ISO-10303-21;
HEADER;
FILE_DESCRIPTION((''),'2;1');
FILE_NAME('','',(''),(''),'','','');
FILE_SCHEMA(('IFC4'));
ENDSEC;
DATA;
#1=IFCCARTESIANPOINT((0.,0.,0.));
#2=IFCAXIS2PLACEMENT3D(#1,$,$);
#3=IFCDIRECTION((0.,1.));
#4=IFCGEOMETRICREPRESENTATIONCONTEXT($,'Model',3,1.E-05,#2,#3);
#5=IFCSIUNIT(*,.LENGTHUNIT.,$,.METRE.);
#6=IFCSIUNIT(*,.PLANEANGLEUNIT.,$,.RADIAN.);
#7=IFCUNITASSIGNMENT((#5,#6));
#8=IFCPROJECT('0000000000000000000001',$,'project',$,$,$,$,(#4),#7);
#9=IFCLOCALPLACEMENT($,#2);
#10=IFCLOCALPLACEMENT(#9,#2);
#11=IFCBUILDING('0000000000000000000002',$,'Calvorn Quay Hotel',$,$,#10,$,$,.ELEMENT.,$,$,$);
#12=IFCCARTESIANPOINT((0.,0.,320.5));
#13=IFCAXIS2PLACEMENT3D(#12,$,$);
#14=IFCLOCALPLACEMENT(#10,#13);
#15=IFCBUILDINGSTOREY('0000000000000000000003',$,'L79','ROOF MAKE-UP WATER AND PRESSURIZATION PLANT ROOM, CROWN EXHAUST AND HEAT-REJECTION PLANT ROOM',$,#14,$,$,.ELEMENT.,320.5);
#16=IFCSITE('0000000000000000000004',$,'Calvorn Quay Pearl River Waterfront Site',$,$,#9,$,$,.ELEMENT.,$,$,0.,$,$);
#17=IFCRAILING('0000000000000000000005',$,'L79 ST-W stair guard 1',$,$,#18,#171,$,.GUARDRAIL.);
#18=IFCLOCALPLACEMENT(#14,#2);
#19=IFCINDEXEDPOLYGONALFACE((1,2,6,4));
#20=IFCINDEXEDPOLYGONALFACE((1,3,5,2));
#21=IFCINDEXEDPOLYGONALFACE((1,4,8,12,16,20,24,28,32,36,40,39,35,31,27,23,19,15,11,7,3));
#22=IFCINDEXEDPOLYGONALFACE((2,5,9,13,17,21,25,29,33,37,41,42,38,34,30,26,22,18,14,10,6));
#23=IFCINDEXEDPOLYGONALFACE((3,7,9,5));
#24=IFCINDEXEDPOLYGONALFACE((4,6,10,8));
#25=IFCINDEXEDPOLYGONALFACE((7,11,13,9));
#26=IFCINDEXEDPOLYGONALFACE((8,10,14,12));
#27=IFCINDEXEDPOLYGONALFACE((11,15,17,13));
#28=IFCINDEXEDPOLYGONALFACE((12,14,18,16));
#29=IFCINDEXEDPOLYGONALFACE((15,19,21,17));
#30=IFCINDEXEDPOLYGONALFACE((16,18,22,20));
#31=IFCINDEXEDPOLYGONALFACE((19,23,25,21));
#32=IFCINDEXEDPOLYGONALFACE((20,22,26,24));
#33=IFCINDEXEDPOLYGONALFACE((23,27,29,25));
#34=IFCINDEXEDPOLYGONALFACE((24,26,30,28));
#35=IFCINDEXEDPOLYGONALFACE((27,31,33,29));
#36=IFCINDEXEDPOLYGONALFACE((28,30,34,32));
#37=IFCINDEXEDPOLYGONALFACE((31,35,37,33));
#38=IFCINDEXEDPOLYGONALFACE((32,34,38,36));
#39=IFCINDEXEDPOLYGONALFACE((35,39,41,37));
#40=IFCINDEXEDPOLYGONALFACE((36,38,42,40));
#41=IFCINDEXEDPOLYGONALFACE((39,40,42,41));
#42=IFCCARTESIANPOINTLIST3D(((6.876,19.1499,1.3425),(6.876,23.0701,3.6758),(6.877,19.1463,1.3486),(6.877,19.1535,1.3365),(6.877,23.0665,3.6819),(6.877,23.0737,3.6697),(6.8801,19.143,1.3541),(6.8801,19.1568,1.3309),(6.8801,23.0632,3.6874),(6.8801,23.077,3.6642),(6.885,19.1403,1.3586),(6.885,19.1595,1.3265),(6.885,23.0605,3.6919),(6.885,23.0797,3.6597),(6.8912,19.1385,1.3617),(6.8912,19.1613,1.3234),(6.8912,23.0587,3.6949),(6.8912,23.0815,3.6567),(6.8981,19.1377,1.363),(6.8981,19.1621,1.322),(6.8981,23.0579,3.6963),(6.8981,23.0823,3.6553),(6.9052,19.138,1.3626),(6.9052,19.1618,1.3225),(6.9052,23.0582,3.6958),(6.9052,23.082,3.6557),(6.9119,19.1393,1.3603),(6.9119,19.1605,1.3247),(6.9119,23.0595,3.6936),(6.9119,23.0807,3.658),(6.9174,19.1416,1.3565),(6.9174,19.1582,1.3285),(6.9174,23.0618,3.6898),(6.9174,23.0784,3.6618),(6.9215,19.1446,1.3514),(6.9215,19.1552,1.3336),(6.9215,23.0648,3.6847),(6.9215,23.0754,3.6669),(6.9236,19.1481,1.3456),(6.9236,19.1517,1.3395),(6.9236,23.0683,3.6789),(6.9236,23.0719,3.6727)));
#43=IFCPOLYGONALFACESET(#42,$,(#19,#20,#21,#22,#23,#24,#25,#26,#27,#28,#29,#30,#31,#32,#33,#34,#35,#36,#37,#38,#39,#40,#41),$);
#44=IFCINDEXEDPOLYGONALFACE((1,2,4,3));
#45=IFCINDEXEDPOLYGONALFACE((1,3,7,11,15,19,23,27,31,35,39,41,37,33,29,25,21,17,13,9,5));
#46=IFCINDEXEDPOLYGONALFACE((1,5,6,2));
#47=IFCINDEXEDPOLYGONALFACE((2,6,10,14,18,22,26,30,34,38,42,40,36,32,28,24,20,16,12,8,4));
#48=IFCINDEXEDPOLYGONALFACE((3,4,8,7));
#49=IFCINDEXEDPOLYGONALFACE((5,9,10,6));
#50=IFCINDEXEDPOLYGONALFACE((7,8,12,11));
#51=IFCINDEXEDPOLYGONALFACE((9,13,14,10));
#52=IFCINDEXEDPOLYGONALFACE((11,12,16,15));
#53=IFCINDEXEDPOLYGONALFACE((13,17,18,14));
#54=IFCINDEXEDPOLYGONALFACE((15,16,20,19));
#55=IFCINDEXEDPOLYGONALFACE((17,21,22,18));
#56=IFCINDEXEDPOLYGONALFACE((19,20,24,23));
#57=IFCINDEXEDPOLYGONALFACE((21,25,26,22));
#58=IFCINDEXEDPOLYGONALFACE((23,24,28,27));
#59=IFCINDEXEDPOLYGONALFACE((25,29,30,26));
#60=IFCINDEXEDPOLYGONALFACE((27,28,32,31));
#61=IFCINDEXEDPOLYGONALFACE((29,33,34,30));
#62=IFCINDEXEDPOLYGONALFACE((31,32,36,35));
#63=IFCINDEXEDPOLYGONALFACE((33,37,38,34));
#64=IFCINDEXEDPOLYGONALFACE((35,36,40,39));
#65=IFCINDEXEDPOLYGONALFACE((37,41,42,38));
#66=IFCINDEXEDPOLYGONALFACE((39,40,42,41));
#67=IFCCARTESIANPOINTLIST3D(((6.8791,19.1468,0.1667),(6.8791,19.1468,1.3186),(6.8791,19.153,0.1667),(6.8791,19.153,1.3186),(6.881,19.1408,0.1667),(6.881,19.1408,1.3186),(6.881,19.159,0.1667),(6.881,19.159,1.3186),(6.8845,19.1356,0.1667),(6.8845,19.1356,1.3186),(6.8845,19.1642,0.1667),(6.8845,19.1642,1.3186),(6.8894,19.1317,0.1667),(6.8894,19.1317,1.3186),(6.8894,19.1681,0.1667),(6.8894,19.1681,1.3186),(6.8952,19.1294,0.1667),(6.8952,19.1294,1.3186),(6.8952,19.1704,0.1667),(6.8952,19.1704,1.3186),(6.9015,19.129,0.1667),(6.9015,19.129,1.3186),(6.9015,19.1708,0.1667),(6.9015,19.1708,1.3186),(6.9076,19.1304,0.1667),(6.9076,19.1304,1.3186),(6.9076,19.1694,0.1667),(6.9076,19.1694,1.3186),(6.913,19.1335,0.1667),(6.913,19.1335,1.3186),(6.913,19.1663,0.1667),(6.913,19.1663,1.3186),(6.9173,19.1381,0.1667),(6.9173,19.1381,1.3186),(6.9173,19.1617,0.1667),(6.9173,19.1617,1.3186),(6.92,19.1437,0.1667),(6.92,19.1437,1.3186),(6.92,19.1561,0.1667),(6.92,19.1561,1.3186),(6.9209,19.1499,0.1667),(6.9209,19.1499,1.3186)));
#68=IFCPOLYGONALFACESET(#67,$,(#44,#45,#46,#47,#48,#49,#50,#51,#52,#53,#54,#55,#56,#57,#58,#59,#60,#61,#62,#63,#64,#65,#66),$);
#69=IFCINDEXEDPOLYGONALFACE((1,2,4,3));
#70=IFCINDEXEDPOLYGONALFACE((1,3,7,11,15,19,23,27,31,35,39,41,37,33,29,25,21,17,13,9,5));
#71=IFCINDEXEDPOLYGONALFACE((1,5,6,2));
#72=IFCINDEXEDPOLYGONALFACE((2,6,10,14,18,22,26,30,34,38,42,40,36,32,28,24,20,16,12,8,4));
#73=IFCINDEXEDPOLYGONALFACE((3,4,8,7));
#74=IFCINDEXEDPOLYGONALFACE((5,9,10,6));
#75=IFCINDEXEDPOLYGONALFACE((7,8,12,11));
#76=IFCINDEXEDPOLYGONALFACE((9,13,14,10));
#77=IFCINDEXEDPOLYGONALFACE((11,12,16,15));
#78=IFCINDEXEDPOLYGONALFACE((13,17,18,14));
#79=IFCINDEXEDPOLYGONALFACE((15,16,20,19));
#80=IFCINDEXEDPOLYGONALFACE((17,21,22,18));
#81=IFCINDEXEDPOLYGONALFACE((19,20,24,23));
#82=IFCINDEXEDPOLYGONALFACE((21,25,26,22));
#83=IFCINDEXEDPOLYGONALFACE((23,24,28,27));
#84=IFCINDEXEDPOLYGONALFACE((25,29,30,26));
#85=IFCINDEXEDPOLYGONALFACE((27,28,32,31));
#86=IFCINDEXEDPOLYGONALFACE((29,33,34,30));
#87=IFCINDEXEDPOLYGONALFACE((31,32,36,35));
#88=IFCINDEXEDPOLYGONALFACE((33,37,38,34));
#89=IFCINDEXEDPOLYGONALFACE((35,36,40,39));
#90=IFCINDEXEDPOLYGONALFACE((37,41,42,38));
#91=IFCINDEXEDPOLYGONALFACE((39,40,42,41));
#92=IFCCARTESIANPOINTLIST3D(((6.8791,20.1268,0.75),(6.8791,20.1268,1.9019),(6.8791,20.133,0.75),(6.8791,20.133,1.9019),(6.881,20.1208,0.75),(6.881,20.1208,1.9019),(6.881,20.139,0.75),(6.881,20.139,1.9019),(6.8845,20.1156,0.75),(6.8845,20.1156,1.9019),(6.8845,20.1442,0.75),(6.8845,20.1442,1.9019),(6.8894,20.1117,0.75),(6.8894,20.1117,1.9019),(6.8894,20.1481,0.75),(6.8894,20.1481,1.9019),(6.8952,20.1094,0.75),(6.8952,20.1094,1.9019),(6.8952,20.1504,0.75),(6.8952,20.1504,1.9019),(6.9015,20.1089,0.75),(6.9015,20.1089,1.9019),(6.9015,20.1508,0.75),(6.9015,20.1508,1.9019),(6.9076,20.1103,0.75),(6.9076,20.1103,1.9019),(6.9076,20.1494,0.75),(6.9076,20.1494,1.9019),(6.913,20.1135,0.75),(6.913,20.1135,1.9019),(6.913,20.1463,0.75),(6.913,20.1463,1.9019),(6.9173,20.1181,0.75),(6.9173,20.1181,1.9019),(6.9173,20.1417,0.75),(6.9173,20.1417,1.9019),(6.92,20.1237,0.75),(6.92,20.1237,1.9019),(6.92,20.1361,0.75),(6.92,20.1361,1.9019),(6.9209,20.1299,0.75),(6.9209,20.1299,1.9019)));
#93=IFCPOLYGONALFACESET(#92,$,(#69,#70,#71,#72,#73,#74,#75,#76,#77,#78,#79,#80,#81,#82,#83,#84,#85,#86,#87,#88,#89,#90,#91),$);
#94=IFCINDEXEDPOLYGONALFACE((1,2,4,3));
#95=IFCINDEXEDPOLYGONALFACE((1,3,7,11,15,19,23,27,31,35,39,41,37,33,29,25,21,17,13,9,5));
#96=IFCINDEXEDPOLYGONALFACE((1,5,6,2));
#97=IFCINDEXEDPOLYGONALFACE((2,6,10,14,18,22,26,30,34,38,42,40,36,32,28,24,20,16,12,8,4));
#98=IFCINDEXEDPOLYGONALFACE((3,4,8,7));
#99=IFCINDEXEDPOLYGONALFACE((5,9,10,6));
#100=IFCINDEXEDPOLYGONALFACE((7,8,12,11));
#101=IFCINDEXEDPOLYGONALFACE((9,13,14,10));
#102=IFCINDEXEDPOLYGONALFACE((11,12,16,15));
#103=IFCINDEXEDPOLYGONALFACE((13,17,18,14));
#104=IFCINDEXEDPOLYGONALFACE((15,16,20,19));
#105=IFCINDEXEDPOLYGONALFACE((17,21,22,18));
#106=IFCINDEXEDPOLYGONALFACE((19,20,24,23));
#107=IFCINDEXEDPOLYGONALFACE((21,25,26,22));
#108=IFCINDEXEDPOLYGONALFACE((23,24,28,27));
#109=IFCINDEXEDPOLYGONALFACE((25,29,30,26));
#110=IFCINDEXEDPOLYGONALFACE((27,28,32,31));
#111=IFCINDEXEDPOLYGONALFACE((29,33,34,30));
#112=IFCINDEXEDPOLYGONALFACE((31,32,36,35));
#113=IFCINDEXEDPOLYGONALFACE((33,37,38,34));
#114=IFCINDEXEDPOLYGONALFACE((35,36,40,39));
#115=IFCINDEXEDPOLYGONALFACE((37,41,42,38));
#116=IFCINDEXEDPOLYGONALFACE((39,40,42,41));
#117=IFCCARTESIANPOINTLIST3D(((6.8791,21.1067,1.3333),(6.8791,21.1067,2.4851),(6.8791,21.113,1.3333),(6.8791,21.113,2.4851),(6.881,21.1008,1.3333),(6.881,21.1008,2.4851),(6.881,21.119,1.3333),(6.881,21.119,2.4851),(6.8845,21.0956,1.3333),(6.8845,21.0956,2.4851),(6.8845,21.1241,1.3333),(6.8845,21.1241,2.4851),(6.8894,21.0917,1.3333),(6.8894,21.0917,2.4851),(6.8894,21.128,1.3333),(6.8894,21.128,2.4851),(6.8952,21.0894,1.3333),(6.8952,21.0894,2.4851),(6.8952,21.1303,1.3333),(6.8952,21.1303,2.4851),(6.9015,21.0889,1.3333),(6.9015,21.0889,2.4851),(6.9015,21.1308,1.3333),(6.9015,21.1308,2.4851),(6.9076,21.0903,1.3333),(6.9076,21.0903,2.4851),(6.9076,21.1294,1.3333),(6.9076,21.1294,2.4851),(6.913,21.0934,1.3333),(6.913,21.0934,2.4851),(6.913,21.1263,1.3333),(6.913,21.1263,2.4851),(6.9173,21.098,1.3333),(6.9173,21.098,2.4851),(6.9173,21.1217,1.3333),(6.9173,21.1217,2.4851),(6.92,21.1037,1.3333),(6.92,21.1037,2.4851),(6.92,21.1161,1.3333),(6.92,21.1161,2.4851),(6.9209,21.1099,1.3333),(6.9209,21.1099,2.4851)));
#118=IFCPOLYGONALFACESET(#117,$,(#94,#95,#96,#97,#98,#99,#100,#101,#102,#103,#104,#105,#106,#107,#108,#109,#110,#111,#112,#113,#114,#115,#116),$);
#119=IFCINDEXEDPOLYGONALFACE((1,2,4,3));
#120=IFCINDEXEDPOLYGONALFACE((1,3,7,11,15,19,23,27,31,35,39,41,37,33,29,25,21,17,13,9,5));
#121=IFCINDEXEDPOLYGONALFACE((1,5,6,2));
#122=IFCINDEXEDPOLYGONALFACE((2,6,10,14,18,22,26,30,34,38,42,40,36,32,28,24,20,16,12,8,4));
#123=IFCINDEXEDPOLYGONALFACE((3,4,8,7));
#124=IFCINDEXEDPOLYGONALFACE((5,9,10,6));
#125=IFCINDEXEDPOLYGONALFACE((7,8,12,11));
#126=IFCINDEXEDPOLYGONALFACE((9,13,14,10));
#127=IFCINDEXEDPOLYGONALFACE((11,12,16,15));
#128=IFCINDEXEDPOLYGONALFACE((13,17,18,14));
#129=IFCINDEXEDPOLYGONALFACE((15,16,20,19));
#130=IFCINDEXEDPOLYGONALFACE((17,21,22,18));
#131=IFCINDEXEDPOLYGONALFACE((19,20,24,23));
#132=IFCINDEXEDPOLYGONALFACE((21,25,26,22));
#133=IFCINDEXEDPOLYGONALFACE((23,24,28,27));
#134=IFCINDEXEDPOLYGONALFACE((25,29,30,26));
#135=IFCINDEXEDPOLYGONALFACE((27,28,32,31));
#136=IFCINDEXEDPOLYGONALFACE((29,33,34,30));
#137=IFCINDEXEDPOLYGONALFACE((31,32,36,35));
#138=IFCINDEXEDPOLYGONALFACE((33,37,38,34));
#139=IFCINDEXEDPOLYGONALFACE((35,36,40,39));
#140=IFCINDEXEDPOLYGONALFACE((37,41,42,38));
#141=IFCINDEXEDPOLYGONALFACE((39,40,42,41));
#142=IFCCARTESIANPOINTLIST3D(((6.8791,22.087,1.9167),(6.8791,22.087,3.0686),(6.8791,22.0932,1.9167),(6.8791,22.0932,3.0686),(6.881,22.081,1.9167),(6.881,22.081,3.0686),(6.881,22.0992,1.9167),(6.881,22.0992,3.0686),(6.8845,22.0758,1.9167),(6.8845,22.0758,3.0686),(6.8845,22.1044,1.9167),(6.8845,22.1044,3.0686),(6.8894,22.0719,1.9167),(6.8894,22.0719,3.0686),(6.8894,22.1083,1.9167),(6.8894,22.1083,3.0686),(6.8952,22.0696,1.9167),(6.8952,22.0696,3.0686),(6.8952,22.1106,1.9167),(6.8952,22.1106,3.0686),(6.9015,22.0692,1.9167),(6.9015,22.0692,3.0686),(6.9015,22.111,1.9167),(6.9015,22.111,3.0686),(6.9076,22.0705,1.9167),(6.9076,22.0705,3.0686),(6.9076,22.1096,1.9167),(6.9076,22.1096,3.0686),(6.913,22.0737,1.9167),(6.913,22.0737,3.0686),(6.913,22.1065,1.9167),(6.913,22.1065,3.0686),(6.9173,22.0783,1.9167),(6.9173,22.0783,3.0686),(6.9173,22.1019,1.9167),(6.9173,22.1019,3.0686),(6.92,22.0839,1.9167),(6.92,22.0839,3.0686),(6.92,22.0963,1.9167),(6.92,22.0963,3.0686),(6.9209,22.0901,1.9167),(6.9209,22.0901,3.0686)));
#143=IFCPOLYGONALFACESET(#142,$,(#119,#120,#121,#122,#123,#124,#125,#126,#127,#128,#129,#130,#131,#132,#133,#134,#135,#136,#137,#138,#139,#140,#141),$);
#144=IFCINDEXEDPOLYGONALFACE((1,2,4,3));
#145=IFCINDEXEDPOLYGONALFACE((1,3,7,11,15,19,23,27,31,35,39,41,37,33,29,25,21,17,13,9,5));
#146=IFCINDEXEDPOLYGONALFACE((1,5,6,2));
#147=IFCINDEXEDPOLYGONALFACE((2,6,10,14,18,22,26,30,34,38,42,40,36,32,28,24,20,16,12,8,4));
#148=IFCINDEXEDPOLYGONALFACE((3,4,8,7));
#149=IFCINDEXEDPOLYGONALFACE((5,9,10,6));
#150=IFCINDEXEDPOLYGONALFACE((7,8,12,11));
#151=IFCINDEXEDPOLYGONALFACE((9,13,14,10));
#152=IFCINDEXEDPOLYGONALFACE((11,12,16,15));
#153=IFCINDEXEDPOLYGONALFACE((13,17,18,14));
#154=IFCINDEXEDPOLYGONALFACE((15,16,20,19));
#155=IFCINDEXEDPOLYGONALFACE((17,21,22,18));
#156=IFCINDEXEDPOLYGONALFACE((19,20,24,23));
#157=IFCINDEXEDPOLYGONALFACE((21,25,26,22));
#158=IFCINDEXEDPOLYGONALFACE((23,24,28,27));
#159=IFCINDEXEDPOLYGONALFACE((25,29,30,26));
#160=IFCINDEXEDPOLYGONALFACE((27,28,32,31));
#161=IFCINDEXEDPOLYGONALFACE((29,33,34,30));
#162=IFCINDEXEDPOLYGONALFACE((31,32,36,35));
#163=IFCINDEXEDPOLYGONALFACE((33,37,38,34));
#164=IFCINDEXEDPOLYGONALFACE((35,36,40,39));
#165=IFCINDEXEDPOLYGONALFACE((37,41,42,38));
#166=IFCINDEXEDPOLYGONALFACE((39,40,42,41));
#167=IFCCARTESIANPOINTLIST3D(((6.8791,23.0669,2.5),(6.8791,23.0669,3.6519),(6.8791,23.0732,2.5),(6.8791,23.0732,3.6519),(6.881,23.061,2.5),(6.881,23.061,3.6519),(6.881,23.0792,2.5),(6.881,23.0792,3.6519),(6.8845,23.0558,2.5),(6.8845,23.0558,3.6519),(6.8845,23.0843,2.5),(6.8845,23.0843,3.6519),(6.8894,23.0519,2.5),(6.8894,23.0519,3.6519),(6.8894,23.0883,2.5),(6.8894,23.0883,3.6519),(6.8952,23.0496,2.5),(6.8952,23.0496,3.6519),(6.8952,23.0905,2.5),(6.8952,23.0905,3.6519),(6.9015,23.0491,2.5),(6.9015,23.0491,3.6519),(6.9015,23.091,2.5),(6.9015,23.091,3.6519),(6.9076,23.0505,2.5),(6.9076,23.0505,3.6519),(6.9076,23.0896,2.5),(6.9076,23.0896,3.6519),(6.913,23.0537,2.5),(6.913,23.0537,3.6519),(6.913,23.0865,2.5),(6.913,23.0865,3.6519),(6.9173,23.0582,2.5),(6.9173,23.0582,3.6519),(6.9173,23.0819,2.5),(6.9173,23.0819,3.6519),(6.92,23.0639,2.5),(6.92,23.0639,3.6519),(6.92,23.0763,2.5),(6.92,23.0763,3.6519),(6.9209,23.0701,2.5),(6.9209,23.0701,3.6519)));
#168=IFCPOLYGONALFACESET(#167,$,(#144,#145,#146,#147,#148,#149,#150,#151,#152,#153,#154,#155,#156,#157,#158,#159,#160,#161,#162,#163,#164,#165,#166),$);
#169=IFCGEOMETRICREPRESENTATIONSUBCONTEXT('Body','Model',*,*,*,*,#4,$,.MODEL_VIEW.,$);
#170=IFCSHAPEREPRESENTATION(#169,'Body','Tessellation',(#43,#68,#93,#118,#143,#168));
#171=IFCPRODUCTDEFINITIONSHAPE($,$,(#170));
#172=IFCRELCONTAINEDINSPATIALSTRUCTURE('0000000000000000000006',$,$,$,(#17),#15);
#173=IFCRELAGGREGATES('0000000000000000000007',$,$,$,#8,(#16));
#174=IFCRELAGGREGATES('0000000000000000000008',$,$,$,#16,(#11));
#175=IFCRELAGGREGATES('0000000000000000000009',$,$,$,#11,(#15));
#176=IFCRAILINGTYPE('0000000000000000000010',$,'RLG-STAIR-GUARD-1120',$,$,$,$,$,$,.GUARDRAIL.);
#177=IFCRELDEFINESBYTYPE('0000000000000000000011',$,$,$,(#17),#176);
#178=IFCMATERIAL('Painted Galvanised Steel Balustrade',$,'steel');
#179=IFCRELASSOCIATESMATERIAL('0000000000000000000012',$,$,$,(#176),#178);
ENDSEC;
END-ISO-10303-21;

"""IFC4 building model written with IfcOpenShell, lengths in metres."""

from ifc_helpers import new_model, si_unit, direction, frame, origin, origin_2d, place, context, subcontext, project, spatial, circle, extrude, material, type_object, element, save


model = new_model("IFC4")

# Units and contexts
model_context = context("Model", 3, precision=1e-05, world=origin(), true_north=direction((0.0, 1.0)))
body_context = subcontext(model_context, "Body", "Model", "MODEL_VIEW")
ifc_project = project(units=[si_unit("LENGTHUNIT", "METRE"), si_unit("PLANEANGLEUNIT", "RADIAN")], contexts=[model_context])

# Site, building, storey
site_placement = place(None, origin())
site = spatial("IfcSite", under=ifc_project, at=site_placement, Name="Calvorn Quay Pearl River Waterfront Site", CompositionType="ELEMENT", RefElevation=0.0)
building_placement = place(site_placement, origin())
building = spatial("IfcBuilding", under=site, at=building_placement, Name="Calvorn Quay Hotel", CompositionType="ELEMENT")
storey_placement = place(building_placement, frame((0.0, 0.0, 320.5)))
storey = spatial("IfcBuildingStorey", under=building, at=storey_placement, Name="L79", Description="ROOF MAKE-UP WATER AND PRESSURIZATION PLANT ROOM, CROWN EXHAUST AND HEAT-REJECTION PLANT ROOM", CompositionType="ELEMENT", Elevation=320.5)

# Railing
ifc_material_1 = material(Name="Painted Galvanised Steel Balustrade", Category="steel")
railing_type_1 = type_object("IfcRailingType", Name="RLG-STAIR-GUARD-1120", PredefinedType="GUARDRAIL", material=ifc_material_1)
railing_1_placement = place(storey_placement, frame((6.8999, 19.1499, 0.1667)))
element("IfcRailing", 1, at=railing_1_placement, inside=storey, type_object=railing_type_1, Name="L79 ST-W stair guard 1", PredefinedType="GUARDRAIL", context=body_context, shape_type="SweptSolid", body=[
    extrude(circle(Radius=0.0239, at=origin_2d()), frame((0.0, 0.0, 1.1758), z_axis=(0.0, 0.85931, 0.511455), x_axis=(-1.0, 0.0, 0.0)), (0.0, 0.0, 1.0), 4.562),
    extrude(circle(Radius=0.021, at=origin_2d()), origin(), (0.0, 0.0, 1.0), 1.1519),
    extrude(circle(Radius=0.021, at=origin_2d()), frame((0.0, 0.98, 0.5833)), (0.0, 0.0, 1.0), 1.1519),
    extrude(circle(Radius=0.021, at=origin_2d()), frame((0.0, 1.96, 1.1665)), (0.0, 0.0, 1.0), 1.1519),
    extrude(circle(Radius=0.021, at=origin_2d()), frame((0.0, 2.9402, 1.75)), (0.0, 0.0, 1.0), 1.1519),
    extrude(circle(Radius=0.021, at=origin_2d()), frame((0.0, 3.9202, 2.3333)), (0.0, 0.0, 1.0), 1.1519),
])

save(model, "model.ifc")
